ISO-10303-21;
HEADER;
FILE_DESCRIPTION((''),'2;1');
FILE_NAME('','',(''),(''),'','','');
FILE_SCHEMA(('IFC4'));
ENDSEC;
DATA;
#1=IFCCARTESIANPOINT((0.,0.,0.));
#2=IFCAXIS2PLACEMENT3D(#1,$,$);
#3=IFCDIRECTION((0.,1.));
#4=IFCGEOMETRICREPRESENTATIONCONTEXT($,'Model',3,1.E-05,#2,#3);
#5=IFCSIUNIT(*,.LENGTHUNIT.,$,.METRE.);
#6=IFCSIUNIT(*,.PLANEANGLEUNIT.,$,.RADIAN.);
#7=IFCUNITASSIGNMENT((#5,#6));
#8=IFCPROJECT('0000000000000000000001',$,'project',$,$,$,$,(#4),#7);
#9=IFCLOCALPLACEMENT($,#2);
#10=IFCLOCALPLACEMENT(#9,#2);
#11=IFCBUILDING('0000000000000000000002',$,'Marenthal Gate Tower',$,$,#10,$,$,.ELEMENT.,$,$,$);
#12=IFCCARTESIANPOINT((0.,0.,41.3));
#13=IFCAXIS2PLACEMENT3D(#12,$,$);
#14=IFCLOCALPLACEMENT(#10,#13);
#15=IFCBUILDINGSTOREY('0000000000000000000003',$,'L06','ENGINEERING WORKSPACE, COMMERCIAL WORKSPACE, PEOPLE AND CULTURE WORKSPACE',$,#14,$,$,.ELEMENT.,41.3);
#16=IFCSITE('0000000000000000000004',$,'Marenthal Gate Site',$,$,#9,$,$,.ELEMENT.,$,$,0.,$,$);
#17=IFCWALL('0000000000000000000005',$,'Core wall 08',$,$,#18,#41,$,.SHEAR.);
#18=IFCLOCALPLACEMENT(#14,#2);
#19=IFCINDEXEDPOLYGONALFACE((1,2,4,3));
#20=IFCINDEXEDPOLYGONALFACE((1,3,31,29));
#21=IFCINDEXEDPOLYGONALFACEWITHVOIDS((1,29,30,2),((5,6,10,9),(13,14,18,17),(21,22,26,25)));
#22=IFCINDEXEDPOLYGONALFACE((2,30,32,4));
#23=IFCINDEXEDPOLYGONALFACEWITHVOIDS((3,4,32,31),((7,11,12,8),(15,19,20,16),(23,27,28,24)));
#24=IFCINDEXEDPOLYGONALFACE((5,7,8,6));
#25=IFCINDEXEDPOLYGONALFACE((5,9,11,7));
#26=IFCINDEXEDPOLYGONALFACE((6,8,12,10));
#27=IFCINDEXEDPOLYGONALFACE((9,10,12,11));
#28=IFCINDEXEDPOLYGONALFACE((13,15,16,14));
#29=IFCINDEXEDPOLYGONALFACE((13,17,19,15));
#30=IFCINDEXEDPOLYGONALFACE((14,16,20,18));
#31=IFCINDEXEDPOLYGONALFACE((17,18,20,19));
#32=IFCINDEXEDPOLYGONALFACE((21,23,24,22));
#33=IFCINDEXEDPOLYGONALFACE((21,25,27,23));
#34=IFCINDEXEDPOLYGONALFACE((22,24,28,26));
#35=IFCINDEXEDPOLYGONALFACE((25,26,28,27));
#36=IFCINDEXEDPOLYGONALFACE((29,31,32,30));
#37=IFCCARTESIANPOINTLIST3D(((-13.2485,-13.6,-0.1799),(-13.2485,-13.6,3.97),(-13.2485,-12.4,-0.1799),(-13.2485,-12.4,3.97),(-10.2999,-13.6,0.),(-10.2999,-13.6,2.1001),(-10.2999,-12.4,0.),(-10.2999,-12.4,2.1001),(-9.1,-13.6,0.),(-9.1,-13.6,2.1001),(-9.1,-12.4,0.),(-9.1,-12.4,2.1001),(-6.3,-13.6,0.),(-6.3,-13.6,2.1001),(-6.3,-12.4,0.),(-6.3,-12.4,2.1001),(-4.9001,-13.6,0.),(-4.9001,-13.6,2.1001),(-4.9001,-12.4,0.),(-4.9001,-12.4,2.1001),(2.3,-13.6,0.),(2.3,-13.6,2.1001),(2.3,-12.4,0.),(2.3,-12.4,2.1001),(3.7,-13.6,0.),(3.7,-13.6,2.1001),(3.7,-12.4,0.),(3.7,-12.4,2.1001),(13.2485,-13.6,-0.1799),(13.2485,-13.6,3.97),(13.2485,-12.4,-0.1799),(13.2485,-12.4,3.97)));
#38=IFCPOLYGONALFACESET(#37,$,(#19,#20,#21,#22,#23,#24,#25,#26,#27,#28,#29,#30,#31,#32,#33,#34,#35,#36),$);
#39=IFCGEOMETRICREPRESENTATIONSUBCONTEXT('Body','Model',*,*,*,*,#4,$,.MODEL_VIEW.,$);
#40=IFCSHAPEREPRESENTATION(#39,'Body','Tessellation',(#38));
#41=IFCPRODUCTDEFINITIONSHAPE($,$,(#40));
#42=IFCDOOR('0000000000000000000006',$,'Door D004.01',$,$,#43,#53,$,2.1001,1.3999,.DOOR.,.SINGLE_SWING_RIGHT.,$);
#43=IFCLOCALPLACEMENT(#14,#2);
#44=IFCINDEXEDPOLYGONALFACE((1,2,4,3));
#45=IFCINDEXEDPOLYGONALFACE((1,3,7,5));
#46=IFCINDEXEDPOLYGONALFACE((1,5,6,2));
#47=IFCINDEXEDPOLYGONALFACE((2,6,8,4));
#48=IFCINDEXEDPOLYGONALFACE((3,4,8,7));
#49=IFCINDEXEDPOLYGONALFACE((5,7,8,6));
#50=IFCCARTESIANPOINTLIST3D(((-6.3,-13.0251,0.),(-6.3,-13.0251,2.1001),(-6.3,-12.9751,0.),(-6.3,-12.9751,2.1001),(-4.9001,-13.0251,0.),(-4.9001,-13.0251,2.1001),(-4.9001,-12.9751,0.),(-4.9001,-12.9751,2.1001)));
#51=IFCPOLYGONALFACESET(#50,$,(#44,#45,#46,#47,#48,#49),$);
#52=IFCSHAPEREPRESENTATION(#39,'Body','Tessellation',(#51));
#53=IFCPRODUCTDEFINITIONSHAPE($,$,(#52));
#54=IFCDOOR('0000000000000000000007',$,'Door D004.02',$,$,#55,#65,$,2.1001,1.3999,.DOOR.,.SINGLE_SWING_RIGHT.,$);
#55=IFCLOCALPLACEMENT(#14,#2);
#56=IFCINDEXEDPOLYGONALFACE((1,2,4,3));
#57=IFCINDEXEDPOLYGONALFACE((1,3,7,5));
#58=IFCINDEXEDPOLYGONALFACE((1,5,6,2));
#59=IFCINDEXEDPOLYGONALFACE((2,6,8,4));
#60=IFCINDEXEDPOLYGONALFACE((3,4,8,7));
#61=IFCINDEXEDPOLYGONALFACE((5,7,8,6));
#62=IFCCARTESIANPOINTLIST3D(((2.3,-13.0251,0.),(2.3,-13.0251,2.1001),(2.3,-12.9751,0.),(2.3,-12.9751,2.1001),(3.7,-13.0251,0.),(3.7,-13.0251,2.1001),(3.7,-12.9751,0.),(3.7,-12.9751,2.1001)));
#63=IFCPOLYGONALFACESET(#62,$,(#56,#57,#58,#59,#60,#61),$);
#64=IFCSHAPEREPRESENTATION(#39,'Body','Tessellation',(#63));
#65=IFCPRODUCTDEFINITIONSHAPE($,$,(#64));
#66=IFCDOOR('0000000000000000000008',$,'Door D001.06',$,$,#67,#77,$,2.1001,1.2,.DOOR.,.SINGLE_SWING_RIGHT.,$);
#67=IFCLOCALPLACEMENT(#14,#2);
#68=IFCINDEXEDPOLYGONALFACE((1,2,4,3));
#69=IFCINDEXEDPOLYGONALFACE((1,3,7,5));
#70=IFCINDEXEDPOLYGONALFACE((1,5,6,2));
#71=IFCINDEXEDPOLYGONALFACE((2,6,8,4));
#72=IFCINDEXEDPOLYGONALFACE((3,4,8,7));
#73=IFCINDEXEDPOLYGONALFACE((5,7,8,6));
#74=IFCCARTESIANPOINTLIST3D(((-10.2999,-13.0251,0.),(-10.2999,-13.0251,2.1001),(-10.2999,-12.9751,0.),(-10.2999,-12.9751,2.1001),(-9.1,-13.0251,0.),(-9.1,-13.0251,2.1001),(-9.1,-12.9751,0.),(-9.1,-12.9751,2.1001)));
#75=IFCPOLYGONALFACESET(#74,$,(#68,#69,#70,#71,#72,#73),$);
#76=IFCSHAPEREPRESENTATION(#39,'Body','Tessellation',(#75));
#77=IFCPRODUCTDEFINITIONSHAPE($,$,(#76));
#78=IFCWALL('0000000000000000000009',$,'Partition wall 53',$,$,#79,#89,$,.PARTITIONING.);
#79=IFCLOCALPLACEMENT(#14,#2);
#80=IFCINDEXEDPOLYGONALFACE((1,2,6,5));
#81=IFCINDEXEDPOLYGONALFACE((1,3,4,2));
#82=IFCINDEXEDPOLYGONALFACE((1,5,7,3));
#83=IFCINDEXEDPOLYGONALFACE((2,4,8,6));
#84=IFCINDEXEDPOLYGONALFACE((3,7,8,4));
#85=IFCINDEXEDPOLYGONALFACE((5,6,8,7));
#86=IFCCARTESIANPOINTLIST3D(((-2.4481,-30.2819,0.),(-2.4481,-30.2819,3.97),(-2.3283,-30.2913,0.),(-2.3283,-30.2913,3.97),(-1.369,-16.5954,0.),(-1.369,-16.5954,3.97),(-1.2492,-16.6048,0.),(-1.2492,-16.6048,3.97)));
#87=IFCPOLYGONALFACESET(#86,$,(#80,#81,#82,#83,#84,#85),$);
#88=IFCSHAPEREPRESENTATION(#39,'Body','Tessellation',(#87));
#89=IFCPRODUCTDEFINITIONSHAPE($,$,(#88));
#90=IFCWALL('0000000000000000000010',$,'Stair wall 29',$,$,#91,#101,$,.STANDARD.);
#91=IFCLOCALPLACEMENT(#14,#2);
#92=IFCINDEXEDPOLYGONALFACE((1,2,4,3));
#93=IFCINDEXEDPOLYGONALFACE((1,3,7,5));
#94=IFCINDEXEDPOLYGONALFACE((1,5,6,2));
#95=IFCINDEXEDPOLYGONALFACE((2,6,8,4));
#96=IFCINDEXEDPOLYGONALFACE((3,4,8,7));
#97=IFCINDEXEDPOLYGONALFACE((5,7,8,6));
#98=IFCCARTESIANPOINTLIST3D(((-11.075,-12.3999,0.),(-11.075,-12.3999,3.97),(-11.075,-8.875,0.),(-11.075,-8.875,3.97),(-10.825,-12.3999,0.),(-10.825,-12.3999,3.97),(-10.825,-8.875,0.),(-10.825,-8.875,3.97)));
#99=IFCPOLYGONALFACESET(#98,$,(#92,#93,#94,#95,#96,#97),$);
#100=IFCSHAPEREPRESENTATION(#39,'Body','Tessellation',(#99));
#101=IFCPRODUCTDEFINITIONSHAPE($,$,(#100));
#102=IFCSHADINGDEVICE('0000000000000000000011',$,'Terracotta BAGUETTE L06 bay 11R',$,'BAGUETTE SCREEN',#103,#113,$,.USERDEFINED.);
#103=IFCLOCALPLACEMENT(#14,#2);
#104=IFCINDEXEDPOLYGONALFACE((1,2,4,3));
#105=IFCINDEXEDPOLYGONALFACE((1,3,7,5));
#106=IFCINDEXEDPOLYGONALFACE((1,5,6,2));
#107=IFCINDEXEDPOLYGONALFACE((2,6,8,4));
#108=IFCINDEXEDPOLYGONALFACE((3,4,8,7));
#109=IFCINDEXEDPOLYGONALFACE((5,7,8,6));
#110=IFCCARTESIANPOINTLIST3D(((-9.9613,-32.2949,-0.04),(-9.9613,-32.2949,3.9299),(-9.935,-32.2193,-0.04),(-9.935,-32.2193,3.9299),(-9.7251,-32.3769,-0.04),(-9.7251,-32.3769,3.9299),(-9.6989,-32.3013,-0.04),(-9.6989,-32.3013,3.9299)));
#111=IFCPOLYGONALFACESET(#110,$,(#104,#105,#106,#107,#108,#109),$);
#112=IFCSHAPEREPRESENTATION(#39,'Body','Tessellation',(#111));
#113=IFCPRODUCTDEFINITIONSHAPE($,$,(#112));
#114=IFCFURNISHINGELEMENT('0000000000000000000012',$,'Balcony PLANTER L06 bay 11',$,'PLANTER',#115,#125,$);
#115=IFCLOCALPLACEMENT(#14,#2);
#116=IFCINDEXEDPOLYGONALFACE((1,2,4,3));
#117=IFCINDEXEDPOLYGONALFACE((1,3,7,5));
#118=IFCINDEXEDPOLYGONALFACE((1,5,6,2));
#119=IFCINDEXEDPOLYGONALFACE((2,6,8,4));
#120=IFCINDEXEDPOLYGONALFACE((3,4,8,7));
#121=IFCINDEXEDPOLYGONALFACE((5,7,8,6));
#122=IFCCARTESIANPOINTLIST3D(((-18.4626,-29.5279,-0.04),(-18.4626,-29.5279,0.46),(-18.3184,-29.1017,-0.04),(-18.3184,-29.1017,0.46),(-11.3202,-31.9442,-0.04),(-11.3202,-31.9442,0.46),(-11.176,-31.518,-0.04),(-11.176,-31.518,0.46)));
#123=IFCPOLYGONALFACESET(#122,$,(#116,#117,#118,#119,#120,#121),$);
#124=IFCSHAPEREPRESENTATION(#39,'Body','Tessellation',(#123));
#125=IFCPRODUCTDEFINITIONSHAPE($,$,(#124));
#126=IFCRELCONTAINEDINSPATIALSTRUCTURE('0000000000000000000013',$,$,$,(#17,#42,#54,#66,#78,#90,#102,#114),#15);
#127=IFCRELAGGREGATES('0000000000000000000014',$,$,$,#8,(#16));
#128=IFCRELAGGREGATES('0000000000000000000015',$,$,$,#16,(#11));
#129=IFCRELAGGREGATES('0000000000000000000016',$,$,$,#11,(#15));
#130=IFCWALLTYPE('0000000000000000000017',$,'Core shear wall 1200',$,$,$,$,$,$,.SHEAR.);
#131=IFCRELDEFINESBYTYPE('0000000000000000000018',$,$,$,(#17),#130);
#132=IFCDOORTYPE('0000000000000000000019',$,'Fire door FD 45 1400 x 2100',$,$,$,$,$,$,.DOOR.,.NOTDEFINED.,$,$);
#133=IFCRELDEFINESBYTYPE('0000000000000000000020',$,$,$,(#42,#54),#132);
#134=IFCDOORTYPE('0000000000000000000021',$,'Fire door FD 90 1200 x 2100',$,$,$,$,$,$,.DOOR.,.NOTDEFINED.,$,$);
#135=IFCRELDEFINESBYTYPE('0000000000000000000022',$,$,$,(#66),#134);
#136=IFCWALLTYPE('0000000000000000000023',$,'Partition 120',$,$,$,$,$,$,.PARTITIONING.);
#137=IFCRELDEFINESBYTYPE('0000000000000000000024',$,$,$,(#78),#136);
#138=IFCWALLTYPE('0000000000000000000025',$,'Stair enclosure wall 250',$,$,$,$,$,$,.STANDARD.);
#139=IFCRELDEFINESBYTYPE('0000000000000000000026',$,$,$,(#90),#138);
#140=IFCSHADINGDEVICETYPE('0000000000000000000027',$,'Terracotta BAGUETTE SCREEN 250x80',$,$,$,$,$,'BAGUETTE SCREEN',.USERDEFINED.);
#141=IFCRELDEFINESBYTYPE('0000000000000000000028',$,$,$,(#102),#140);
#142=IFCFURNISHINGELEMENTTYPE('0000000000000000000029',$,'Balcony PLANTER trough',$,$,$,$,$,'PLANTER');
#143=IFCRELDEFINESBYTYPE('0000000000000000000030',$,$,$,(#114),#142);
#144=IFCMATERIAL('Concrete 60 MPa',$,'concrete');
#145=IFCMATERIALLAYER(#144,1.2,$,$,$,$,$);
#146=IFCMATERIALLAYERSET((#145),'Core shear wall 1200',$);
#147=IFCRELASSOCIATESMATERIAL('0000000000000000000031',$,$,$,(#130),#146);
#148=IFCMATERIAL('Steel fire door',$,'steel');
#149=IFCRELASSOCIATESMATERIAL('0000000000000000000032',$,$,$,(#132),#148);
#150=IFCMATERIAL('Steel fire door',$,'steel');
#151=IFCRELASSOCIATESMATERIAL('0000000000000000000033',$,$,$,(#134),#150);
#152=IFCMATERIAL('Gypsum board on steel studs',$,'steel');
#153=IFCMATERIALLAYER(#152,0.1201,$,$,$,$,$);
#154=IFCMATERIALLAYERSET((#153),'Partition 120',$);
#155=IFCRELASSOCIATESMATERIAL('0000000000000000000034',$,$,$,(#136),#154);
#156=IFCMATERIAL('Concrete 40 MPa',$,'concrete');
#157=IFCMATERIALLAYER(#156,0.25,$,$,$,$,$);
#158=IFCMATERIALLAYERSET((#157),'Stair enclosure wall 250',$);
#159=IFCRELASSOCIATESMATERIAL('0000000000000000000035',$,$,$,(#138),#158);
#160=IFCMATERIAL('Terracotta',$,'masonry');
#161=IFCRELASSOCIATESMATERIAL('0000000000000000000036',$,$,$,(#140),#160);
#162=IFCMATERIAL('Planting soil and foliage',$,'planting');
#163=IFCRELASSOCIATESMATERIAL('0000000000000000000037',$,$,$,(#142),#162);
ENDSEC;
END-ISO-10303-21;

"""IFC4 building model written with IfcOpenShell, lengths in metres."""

from ifc_helpers import new_model, si_unit, direction, frame, frame_2d, origin, origin_2d, place, context, subcontext, project, spatial, rectangle, extrude, material, layer, layer_set, material_profile, profile_set, type_object, element, fill, save


model = new_model("IFC4")

# Units and contexts
model_context = context("Model", 3, precision=1e-05, world=origin(), true_north=direction((0.0, 1.0)))
body_context = subcontext(model_context, "Body", "Model", "MODEL_VIEW")
ifc_project = project(units=[si_unit("LENGTHUNIT", "METRE"), si_unit("PLANEANGLEUNIT", "RADIAN")], contexts=[model_context])

# Site, building, storey
site_placement = place(None, origin())
site = spatial("IfcSite", under=ifc_project, at=site_placement, Name="Marenthal Gate Site", CompositionType="ELEMENT", RefElevation=0.0)
building_placement = place(site_placement, origin())
building = spatial("IfcBuilding", under=site, at=building_placement, Name="Marenthal Gate Tower", CompositionType="ELEMENT")
storey_placement = place(building_placement, frame((0.0, 0.0, 41.3)))
storey = spatial("IfcBuildingStorey", under=building, at=storey_placement, Name="L06", Description="ENGINEERING WORKSPACE, COMMERCIAL WORKSPACE, PEOPLE AND CULTURE WORKSPACE", CompositionType="ELEMENT", Elevation=41.3)

# Wall, openings, doors
ifc_material_1 = material(Name="Concrete 60 MPa", Category="concrete")
ifc_layer_1 = layer(ifc_material_1, 1.2)
ifc_layer_set_1 = layer_set([ifc_layer_1], Name="Core shear wall 1200")
wall_type_1 = type_object("IfcWallType", Name="Core shear wall 1200", PredefinedType="SHEAR", material=ifc_layer_set_1)
wall_1_placement = place(storey_placement, frame((-13.2485, -13.0, -0.1799), z_axis=(0.0, 0.0, 1.0), x_axis=(1.0, 0.0, 0.0)))
wall_1 = element("IfcWall", 1, at=wall_1_placement, inside=storey, type_object=wall_type_1, Name="Core wall 08", PredefinedType="SHEAR", context=body_context, shape_type="SweptSolid", body=[
    extrude(rectangle(XDim=26.4971, YDim=1.2, at=frame_2d((13.2485, 0.0))), origin(), (0.0, 0.0, 1.0), 4.1499),
])
opening_1_placement = place(wall_1_placement, frame((2.9485, 0.0, 0.1799)))
opening_1 = element("IfcOpeningElement", 2, at=opening_1_placement, cuts=wall_1, PredefinedType="OPENING", context=body_context, shape_type="SweptSolid", body=[
    extrude(rectangle(XDim=1.2, YDim=2.1001, at=frame_2d((0.6001, 1.05))), frame((0.0, 0.6099, 0.0), z_axis=(0.0, -1.0, 0.0), x_axis=(1.0, 0.0, 0.0)), (0.0, 0.0, 1.0), 1.22),
])
opening_2_placement = place(wall_1_placement, frame((6.9485, 0.0, 0.1799)))
opening_2 = element("IfcOpeningElement", 3, at=opening_2_placement, cuts=wall_1, PredefinedType="OPENING", context=body_context, shape_type="SweptSolid", body=[
    extrude(rectangle(XDim=1.3999, YDim=2.1001, at=frame_2d((0.7, 1.05))), frame((0.0, 0.6099, 0.0), z_axis=(0.0, -1.0, 0.0), x_axis=(1.0, 0.0, 0.0)), (0.0, 0.0, 1.0), 1.22),
])
opening_3_placement = place(wall_1_placement, frame((15.5486, 0.0, 0.1799)))
opening_3 = element("IfcOpeningElement", 4, at=opening_3_placement, cuts=wall_1, PredefinedType="OPENING", context=body_context, shape_type="SweptSolid", body=[
    extrude(rectangle(XDim=1.3999, YDim=2.1001, at=frame_2d((0.7, 1.05))), frame((0.0, 0.6099, 0.0), z_axis=(0.0, -1.0, 0.0), x_axis=(1.0, 0.0, 0.0)), (0.0, 0.0, 1.0), 1.22),
])
ifc_material_2 = material(Name="Steel fire door", Category="steel")
door_type_1 = type_object("IfcDoorType", Name="Fire door FD 45 1400 x 2100", OperationType="NOTDEFINED", PredefinedType="DOOR", material=ifc_material_2)
door_1_placement = place(opening_2_placement, origin())
door_1 = element("IfcDoor", 5, at=door_1_placement, inside=storey, type_object=door_type_1, Name="Door D004.01", OperationType="SINGLE_SWING_RIGHT", OverallHeight=2.1001, OverallWidth=1.3999, PredefinedType="DOOR", context=body_context, shape_type="SweptSolid", body=[
    extrude(rectangle(XDim=1.3999, YDim=2.1001, at=frame_2d((0.7, 1.05))), frame((0.0, 0.0249, 0.0), z_axis=(0.0, -1.0, 0.0), x_axis=(1.0, 0.0, 0.0)), (0.0, 0.0, 1.0), 0.05),
])
fill(opening_2, door_1)
door_2_placement = place(opening_3_placement, origin())
door_2 = element("IfcDoor", 6, at=door_2_placement, inside=storey, type_object=door_type_1, Name="Door D004.02", OperationType="SINGLE_SWING_RIGHT", OverallHeight=2.1001, OverallWidth=1.3999, PredefinedType="DOOR", context=body_context, shape_type="SweptSolid", body=[
    extrude(rectangle(XDim=1.3999, YDim=2.1001, at=frame_2d((0.7, 1.05))), frame((0.0, 0.0249, 0.0), z_axis=(0.0, -1.0, 0.0), x_axis=(1.0, 0.0, 0.0)), (0.0, 0.0, 1.0), 0.05),
])
fill(opening_3, door_2)
ifc_material_3 = material(Name="Steel fire door", Category="steel")
door_type_2 = type_object("IfcDoorType", Name="Fire door FD 90 1200 x 2100", OperationType="NOTDEFINED", PredefinedType="DOOR", material=ifc_material_3)
door_3_placement = place(opening_1_placement, origin())
door_3 = element("IfcDoor", 7, at=door_3_placement, inside=storey, type_object=door_type_2, Name="Door D001.06", OperationType="SINGLE_SWING_RIGHT", OverallHeight=2.1001, OverallWidth=1.2, PredefinedType="DOOR", context=body_context, shape_type="SweptSolid", body=[
    extrude(rectangle(XDim=1.2, YDim=2.1001, at=frame_2d((0.6001, 1.05))), frame((0.0, 0.0249, 0.0), z_axis=(0.0, -1.0, 0.0), x_axis=(1.0, 0.0, 0.0)), (0.0, 0.0, 1.0), 0.05),
])
fill(opening_1, door_3)

# Walls
ifc_material_4 = material(Name="Gypsum board on steel studs", Category="steel")
ifc_layer_2 = layer(ifc_material_4, 0.1201)
ifc_layer_set_2 = layer_set([ifc_layer_2], Name="Partition 120")
wall_type_2 = type_object("IfcWallType", Name="Partition 120", PredefinedType="PARTITIONING", material=ifc_layer_set_2)
wall_2_placement = place(storey_placement, frame((-1.3091, -16.6001, 0.0), z_axis=(0.0, 0.0, 1.0), x_axis=(-0.0786, -0.996906, 0.0)))
element("IfcWall", 8, at=wall_2_placement, inside=storey, type_object=wall_type_2, Name="Partition wall 53", PredefinedType="PARTITIONING", context=body_context, shape_type="SweptSolid", body=[
    extrude(rectangle(XDim=13.729, YDim=0.1201, at=frame_2d((6.8645, 0.0))), origin(), (0.0, 0.0, 1.0), 3.97),
])
ifc_material_5 = material(Name="Concrete 40 MPa", Category="concrete")
ifc_layer_3 = layer(ifc_material_5, 0.25)
ifc_layer_set_3 = layer_set([ifc_layer_3], Name="Stair enclosure wall 250")
wall_type_3 = type_object("IfcWallType", Name="Stair enclosure wall 250", PredefinedType="STANDARD", material=ifc_layer_set_3)
wall_3_placement = place(storey_placement, frame((-10.95, -12.3999, 0.0), z_axis=(0.0, 0.0, 1.0), x_axis=(0.0, 1.0, 0.0)))
element("IfcWall", 9, at=wall_3_placement, inside=storey, type_object=wall_type_3, Name="Stair wall 29", PredefinedType="STANDARD", context=body_context, shape_type="SweptSolid", body=[
    extrude(rectangle(XDim=3.5249, YDim=0.25, at=frame_2d((1.7625, 0.0))), origin(), (0.0, 0.0, 1.0), 3.97),
])

# Shading device
ifc_material_6 = material(Name="Terracotta", Category="masonry")
ifc_material_profile_1 = material_profile(ifc_material_6, rectangle(XDim=0.25, YDim=0.0801, at=origin_2d()), Name="Terracotta baguette 250x80")
ifc_profile_set_1 = profile_set([ifc_material_profile_1], Name="Terracotta")
shading_device_type = type_object("IfcShadingDeviceType", Name="Terracotta BAGUETTE SCREEN 250x80", ElementType="BAGUETTE SCREEN", PredefinedType="USERDEFINED", material=ifc_profile_set_1)
shading_device_placement = place(storey_placement, frame((-9.8301, -32.2981, -0.04), z_axis=(0.0, 0.0, 1.0), x_axis=(0.944708, -0.327912, 0.0)))
element("IfcShadingDevice", 10, at=shading_device_placement, inside=storey, type_object=shading_device_type, Name="Terracotta BAGUETTE L06 bay 11R", ObjectType="BAGUETTE SCREEN", PredefinedType="USERDEFINED", context=body_context, shape_type="SweptSolid", body=[
    extrude(rectangle(XDim=0.25, YDim=0.0801, at=origin_2d()), origin(), (0.0, 0.0, 1.0), 3.97),
])

# Furnishing element
ifc_material_7 = material(Name="Planting soil and foliage", Category="planting")
furnishing_element_type = type_object("IfcFurnishingElementType", Name="Balcony PLANTER trough", ElementType="PLANTER", material=ifc_material_7)
furnishing_placement = place(storey_placement, frame((-14.8193, -30.5229, -0.04), z_axis=(0.0, 0.0, 1.0), x_axis=(0.947263, -0.320458, 0.0)))
element("IfcFurnishingElement", 11, at=furnishing_placement, inside=storey, type_object=furnishing_element_type, Name="Balcony PLANTER L06 bay 11", ObjectType="PLANTER", context=body_context, shape_type="SweptSolid", body=[
    extrude(rectangle(XDim=7.54, YDim=0.45, at=origin_2d()), origin(), (0.0, 0.0, 1.0), 0.5),
])

save(model, "model.ifc")
